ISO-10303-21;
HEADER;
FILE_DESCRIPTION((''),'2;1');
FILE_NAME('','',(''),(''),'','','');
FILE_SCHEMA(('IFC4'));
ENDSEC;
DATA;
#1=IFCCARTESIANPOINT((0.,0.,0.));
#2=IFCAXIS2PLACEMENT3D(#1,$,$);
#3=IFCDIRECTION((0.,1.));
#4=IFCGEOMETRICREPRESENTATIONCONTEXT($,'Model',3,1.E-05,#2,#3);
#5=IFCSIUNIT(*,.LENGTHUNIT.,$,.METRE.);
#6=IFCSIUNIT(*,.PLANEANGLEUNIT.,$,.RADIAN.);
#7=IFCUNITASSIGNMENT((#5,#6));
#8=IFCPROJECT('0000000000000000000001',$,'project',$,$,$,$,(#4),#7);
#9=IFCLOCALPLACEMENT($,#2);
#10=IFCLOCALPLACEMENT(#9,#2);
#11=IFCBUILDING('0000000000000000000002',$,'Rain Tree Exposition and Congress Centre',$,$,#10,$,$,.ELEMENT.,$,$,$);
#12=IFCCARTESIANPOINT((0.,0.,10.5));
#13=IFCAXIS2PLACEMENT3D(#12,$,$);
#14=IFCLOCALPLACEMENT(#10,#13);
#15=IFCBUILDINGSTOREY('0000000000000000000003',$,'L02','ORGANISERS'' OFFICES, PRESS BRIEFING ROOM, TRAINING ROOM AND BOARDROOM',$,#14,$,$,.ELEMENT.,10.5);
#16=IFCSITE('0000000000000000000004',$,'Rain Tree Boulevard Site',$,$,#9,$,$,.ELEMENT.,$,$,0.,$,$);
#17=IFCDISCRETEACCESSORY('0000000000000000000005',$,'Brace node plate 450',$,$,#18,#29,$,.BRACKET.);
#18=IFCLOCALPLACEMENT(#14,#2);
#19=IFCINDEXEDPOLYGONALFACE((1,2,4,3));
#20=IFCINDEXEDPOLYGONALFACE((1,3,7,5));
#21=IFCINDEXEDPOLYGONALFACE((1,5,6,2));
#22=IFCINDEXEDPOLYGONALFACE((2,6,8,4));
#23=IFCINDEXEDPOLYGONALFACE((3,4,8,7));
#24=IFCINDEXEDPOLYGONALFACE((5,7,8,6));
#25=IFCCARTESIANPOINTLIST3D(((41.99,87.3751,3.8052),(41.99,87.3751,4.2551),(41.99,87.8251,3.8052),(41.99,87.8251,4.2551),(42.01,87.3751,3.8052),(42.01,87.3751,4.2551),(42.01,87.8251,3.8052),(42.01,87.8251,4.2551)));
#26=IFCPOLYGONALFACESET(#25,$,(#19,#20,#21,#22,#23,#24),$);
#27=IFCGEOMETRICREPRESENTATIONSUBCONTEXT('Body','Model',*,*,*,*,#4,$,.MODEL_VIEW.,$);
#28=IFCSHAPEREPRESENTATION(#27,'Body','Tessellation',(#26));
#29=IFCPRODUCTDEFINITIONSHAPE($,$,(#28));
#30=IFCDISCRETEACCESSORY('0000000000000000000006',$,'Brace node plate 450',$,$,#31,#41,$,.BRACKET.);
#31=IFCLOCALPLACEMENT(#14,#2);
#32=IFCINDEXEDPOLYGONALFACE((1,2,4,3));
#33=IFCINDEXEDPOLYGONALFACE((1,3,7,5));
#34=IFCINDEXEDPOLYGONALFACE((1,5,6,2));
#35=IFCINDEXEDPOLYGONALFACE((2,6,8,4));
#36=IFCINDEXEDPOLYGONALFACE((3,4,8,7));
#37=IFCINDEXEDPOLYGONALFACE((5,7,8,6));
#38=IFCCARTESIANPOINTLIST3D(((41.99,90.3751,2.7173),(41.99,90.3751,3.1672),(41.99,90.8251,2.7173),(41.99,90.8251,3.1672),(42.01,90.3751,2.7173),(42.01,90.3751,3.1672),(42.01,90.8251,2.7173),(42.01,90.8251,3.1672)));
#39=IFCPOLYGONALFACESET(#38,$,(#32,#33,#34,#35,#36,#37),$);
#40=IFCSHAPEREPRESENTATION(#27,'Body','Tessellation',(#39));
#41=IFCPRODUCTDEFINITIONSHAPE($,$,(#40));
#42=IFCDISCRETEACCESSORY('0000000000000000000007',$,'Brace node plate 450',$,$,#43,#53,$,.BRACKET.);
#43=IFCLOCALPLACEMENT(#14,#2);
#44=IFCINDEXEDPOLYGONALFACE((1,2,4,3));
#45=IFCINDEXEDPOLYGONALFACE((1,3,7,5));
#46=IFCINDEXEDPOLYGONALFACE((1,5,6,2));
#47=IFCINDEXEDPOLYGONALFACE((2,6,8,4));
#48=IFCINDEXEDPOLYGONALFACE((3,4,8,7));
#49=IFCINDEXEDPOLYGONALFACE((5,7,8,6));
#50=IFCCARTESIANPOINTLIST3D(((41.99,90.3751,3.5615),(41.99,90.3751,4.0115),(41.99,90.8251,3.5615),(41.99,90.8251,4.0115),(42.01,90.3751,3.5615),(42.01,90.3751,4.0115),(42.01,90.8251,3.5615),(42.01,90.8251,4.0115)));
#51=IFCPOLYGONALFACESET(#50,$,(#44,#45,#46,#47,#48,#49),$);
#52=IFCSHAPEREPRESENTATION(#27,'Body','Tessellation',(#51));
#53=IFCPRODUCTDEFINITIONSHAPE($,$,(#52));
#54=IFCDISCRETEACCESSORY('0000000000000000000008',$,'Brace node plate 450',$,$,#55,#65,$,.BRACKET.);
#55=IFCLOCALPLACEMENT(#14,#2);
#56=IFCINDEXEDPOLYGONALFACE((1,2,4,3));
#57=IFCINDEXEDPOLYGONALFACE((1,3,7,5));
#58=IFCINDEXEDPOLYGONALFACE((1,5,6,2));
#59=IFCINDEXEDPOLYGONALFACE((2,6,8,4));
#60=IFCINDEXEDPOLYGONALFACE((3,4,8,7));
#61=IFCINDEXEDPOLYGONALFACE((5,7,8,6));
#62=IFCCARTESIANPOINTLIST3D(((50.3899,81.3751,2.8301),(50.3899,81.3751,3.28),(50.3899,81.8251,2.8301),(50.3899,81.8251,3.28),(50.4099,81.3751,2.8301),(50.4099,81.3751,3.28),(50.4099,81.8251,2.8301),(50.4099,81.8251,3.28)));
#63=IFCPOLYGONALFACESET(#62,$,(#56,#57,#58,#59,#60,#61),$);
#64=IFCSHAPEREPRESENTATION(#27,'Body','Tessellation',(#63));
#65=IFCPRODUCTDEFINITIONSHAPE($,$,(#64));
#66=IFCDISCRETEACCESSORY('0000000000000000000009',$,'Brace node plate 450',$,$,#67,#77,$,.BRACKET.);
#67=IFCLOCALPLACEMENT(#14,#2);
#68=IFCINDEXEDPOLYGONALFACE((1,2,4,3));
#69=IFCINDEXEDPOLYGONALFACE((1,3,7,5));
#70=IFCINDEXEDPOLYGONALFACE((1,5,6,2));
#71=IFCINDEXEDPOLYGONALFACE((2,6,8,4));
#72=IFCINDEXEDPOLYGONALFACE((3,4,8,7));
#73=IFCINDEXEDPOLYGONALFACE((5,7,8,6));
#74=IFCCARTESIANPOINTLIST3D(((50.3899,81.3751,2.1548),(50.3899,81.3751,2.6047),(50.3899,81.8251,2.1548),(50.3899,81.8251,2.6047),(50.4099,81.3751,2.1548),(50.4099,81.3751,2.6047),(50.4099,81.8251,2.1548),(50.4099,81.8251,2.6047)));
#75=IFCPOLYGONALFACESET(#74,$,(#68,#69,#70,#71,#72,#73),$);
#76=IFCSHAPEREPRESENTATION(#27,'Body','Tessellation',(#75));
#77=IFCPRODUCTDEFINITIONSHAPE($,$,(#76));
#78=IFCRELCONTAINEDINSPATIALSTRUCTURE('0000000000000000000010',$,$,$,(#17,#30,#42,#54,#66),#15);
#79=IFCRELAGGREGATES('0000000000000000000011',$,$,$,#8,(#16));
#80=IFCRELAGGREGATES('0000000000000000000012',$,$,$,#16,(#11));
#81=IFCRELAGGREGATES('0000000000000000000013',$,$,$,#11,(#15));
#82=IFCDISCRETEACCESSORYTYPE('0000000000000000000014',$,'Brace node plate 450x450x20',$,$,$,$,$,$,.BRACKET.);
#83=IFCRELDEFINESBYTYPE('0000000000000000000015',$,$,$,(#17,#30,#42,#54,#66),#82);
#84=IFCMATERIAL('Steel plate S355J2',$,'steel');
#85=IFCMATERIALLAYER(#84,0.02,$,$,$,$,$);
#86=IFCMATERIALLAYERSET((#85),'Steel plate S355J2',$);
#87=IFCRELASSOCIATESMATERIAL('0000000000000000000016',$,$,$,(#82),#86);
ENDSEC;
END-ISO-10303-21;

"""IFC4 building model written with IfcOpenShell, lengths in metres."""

from ifc_helpers import new_model, si_unit, direction, frame, origin, origin_2d, place, context, subcontext, project, spatial, rectangle, extrude, material, layer, layer_set, type_object, element, save


model = new_model("IFC4")

# Units and contexts
model_context = context("Model", 3, precision=1e-05, world=origin(), true_north=direction((0.0, 1.0)))
body_context = subcontext(model_context, "Body", "Model", "MODEL_VIEW")
ifc_project = project(units=[si_unit("LENGTHUNIT", "METRE"), si_unit("PLANEANGLEUNIT", "RADIAN")], contexts=[model_context])

# Site, building, storey
site_placement = place(None, origin())
site = spatial("IfcSite", under=ifc_project, at=site_placement, Name="Rain Tree Boulevard Site", CompositionType="ELEMENT", RefElevation=0.0)
building_placement = place(site_placement, origin())
building = spatial("IfcBuilding", under=site, at=building_placement, Name="Rain Tree Exposition and Congress Centre", CompositionType="ELEMENT")
storey_placement = place(building_placement, frame((0.0, 0.0, 10.5)))
storey = spatial("IfcBuildingStorey", under=building, at=storey_placement, Name="L02", Description="ORGANISERS' OFFICES, PRESS BRIEFING ROOM, TRAINING ROOM AND BOARDROOM", CompositionType="ELEMENT", Elevation=10.5)

# Discrete accessories
ifc_material_1 = material(Name="Steel plate S355J2", Category="steel")
ifc_layer = layer(ifc_material_1, 0.02)
ifc_layer_set = layer_set([ifc_layer], Name="Steel plate S355J2")
discrete_accessory_type = type_object("IfcDiscreteAccessoryType", Name="Brace node plate 450x450x20", PredefinedType="BRACKET", material=ifc_layer_set)
for number, where, z_axis, x_axis, name in (
    (1, (42.0, 87.6001, 3.8052), (0.0, 0.0, 1.0), (0.0, 1.0, 0.0), "Brace node plate 450"),
    (2, (42.0, 90.6001, 2.7173), (0.0, 0.0, 1.0), (0.0, -1.0, 0.0), "Brace node plate 450"),
    (3, (42.0, 90.6001, 3.5615), (0.0, 0.0, 1.0), (0.0, 1.0, 0.0), "Brace node plate 450"),
    (4, (50.3999, 81.6001, 2.8301), (0.0, 0.0, 1.0), (0.0, -1.0, 0.0), "Brace node plate 450"),
    (5, (50.3999, 81.6001, 2.1548), (0.0, 0.0, 1.0), (0.0, 1.0, 0.0), "Brace node plate 450"),
):
    element("IfcDiscreteAccessory", number, at=place(storey_placement, frame(where, z_axis=z_axis, x_axis=x_axis)), inside=storey, type_object=discrete_accessory_type, Name=name, PredefinedType="BRACKET", context=body_context, shape_type="SweptSolid", body=[
        extrude(rectangle(XDim=0.45, YDim=0.02, at=origin_2d()), origin(), (0.0, 0.0, 1.0), 0.45),
    ])

save(model, "model.ifc")
